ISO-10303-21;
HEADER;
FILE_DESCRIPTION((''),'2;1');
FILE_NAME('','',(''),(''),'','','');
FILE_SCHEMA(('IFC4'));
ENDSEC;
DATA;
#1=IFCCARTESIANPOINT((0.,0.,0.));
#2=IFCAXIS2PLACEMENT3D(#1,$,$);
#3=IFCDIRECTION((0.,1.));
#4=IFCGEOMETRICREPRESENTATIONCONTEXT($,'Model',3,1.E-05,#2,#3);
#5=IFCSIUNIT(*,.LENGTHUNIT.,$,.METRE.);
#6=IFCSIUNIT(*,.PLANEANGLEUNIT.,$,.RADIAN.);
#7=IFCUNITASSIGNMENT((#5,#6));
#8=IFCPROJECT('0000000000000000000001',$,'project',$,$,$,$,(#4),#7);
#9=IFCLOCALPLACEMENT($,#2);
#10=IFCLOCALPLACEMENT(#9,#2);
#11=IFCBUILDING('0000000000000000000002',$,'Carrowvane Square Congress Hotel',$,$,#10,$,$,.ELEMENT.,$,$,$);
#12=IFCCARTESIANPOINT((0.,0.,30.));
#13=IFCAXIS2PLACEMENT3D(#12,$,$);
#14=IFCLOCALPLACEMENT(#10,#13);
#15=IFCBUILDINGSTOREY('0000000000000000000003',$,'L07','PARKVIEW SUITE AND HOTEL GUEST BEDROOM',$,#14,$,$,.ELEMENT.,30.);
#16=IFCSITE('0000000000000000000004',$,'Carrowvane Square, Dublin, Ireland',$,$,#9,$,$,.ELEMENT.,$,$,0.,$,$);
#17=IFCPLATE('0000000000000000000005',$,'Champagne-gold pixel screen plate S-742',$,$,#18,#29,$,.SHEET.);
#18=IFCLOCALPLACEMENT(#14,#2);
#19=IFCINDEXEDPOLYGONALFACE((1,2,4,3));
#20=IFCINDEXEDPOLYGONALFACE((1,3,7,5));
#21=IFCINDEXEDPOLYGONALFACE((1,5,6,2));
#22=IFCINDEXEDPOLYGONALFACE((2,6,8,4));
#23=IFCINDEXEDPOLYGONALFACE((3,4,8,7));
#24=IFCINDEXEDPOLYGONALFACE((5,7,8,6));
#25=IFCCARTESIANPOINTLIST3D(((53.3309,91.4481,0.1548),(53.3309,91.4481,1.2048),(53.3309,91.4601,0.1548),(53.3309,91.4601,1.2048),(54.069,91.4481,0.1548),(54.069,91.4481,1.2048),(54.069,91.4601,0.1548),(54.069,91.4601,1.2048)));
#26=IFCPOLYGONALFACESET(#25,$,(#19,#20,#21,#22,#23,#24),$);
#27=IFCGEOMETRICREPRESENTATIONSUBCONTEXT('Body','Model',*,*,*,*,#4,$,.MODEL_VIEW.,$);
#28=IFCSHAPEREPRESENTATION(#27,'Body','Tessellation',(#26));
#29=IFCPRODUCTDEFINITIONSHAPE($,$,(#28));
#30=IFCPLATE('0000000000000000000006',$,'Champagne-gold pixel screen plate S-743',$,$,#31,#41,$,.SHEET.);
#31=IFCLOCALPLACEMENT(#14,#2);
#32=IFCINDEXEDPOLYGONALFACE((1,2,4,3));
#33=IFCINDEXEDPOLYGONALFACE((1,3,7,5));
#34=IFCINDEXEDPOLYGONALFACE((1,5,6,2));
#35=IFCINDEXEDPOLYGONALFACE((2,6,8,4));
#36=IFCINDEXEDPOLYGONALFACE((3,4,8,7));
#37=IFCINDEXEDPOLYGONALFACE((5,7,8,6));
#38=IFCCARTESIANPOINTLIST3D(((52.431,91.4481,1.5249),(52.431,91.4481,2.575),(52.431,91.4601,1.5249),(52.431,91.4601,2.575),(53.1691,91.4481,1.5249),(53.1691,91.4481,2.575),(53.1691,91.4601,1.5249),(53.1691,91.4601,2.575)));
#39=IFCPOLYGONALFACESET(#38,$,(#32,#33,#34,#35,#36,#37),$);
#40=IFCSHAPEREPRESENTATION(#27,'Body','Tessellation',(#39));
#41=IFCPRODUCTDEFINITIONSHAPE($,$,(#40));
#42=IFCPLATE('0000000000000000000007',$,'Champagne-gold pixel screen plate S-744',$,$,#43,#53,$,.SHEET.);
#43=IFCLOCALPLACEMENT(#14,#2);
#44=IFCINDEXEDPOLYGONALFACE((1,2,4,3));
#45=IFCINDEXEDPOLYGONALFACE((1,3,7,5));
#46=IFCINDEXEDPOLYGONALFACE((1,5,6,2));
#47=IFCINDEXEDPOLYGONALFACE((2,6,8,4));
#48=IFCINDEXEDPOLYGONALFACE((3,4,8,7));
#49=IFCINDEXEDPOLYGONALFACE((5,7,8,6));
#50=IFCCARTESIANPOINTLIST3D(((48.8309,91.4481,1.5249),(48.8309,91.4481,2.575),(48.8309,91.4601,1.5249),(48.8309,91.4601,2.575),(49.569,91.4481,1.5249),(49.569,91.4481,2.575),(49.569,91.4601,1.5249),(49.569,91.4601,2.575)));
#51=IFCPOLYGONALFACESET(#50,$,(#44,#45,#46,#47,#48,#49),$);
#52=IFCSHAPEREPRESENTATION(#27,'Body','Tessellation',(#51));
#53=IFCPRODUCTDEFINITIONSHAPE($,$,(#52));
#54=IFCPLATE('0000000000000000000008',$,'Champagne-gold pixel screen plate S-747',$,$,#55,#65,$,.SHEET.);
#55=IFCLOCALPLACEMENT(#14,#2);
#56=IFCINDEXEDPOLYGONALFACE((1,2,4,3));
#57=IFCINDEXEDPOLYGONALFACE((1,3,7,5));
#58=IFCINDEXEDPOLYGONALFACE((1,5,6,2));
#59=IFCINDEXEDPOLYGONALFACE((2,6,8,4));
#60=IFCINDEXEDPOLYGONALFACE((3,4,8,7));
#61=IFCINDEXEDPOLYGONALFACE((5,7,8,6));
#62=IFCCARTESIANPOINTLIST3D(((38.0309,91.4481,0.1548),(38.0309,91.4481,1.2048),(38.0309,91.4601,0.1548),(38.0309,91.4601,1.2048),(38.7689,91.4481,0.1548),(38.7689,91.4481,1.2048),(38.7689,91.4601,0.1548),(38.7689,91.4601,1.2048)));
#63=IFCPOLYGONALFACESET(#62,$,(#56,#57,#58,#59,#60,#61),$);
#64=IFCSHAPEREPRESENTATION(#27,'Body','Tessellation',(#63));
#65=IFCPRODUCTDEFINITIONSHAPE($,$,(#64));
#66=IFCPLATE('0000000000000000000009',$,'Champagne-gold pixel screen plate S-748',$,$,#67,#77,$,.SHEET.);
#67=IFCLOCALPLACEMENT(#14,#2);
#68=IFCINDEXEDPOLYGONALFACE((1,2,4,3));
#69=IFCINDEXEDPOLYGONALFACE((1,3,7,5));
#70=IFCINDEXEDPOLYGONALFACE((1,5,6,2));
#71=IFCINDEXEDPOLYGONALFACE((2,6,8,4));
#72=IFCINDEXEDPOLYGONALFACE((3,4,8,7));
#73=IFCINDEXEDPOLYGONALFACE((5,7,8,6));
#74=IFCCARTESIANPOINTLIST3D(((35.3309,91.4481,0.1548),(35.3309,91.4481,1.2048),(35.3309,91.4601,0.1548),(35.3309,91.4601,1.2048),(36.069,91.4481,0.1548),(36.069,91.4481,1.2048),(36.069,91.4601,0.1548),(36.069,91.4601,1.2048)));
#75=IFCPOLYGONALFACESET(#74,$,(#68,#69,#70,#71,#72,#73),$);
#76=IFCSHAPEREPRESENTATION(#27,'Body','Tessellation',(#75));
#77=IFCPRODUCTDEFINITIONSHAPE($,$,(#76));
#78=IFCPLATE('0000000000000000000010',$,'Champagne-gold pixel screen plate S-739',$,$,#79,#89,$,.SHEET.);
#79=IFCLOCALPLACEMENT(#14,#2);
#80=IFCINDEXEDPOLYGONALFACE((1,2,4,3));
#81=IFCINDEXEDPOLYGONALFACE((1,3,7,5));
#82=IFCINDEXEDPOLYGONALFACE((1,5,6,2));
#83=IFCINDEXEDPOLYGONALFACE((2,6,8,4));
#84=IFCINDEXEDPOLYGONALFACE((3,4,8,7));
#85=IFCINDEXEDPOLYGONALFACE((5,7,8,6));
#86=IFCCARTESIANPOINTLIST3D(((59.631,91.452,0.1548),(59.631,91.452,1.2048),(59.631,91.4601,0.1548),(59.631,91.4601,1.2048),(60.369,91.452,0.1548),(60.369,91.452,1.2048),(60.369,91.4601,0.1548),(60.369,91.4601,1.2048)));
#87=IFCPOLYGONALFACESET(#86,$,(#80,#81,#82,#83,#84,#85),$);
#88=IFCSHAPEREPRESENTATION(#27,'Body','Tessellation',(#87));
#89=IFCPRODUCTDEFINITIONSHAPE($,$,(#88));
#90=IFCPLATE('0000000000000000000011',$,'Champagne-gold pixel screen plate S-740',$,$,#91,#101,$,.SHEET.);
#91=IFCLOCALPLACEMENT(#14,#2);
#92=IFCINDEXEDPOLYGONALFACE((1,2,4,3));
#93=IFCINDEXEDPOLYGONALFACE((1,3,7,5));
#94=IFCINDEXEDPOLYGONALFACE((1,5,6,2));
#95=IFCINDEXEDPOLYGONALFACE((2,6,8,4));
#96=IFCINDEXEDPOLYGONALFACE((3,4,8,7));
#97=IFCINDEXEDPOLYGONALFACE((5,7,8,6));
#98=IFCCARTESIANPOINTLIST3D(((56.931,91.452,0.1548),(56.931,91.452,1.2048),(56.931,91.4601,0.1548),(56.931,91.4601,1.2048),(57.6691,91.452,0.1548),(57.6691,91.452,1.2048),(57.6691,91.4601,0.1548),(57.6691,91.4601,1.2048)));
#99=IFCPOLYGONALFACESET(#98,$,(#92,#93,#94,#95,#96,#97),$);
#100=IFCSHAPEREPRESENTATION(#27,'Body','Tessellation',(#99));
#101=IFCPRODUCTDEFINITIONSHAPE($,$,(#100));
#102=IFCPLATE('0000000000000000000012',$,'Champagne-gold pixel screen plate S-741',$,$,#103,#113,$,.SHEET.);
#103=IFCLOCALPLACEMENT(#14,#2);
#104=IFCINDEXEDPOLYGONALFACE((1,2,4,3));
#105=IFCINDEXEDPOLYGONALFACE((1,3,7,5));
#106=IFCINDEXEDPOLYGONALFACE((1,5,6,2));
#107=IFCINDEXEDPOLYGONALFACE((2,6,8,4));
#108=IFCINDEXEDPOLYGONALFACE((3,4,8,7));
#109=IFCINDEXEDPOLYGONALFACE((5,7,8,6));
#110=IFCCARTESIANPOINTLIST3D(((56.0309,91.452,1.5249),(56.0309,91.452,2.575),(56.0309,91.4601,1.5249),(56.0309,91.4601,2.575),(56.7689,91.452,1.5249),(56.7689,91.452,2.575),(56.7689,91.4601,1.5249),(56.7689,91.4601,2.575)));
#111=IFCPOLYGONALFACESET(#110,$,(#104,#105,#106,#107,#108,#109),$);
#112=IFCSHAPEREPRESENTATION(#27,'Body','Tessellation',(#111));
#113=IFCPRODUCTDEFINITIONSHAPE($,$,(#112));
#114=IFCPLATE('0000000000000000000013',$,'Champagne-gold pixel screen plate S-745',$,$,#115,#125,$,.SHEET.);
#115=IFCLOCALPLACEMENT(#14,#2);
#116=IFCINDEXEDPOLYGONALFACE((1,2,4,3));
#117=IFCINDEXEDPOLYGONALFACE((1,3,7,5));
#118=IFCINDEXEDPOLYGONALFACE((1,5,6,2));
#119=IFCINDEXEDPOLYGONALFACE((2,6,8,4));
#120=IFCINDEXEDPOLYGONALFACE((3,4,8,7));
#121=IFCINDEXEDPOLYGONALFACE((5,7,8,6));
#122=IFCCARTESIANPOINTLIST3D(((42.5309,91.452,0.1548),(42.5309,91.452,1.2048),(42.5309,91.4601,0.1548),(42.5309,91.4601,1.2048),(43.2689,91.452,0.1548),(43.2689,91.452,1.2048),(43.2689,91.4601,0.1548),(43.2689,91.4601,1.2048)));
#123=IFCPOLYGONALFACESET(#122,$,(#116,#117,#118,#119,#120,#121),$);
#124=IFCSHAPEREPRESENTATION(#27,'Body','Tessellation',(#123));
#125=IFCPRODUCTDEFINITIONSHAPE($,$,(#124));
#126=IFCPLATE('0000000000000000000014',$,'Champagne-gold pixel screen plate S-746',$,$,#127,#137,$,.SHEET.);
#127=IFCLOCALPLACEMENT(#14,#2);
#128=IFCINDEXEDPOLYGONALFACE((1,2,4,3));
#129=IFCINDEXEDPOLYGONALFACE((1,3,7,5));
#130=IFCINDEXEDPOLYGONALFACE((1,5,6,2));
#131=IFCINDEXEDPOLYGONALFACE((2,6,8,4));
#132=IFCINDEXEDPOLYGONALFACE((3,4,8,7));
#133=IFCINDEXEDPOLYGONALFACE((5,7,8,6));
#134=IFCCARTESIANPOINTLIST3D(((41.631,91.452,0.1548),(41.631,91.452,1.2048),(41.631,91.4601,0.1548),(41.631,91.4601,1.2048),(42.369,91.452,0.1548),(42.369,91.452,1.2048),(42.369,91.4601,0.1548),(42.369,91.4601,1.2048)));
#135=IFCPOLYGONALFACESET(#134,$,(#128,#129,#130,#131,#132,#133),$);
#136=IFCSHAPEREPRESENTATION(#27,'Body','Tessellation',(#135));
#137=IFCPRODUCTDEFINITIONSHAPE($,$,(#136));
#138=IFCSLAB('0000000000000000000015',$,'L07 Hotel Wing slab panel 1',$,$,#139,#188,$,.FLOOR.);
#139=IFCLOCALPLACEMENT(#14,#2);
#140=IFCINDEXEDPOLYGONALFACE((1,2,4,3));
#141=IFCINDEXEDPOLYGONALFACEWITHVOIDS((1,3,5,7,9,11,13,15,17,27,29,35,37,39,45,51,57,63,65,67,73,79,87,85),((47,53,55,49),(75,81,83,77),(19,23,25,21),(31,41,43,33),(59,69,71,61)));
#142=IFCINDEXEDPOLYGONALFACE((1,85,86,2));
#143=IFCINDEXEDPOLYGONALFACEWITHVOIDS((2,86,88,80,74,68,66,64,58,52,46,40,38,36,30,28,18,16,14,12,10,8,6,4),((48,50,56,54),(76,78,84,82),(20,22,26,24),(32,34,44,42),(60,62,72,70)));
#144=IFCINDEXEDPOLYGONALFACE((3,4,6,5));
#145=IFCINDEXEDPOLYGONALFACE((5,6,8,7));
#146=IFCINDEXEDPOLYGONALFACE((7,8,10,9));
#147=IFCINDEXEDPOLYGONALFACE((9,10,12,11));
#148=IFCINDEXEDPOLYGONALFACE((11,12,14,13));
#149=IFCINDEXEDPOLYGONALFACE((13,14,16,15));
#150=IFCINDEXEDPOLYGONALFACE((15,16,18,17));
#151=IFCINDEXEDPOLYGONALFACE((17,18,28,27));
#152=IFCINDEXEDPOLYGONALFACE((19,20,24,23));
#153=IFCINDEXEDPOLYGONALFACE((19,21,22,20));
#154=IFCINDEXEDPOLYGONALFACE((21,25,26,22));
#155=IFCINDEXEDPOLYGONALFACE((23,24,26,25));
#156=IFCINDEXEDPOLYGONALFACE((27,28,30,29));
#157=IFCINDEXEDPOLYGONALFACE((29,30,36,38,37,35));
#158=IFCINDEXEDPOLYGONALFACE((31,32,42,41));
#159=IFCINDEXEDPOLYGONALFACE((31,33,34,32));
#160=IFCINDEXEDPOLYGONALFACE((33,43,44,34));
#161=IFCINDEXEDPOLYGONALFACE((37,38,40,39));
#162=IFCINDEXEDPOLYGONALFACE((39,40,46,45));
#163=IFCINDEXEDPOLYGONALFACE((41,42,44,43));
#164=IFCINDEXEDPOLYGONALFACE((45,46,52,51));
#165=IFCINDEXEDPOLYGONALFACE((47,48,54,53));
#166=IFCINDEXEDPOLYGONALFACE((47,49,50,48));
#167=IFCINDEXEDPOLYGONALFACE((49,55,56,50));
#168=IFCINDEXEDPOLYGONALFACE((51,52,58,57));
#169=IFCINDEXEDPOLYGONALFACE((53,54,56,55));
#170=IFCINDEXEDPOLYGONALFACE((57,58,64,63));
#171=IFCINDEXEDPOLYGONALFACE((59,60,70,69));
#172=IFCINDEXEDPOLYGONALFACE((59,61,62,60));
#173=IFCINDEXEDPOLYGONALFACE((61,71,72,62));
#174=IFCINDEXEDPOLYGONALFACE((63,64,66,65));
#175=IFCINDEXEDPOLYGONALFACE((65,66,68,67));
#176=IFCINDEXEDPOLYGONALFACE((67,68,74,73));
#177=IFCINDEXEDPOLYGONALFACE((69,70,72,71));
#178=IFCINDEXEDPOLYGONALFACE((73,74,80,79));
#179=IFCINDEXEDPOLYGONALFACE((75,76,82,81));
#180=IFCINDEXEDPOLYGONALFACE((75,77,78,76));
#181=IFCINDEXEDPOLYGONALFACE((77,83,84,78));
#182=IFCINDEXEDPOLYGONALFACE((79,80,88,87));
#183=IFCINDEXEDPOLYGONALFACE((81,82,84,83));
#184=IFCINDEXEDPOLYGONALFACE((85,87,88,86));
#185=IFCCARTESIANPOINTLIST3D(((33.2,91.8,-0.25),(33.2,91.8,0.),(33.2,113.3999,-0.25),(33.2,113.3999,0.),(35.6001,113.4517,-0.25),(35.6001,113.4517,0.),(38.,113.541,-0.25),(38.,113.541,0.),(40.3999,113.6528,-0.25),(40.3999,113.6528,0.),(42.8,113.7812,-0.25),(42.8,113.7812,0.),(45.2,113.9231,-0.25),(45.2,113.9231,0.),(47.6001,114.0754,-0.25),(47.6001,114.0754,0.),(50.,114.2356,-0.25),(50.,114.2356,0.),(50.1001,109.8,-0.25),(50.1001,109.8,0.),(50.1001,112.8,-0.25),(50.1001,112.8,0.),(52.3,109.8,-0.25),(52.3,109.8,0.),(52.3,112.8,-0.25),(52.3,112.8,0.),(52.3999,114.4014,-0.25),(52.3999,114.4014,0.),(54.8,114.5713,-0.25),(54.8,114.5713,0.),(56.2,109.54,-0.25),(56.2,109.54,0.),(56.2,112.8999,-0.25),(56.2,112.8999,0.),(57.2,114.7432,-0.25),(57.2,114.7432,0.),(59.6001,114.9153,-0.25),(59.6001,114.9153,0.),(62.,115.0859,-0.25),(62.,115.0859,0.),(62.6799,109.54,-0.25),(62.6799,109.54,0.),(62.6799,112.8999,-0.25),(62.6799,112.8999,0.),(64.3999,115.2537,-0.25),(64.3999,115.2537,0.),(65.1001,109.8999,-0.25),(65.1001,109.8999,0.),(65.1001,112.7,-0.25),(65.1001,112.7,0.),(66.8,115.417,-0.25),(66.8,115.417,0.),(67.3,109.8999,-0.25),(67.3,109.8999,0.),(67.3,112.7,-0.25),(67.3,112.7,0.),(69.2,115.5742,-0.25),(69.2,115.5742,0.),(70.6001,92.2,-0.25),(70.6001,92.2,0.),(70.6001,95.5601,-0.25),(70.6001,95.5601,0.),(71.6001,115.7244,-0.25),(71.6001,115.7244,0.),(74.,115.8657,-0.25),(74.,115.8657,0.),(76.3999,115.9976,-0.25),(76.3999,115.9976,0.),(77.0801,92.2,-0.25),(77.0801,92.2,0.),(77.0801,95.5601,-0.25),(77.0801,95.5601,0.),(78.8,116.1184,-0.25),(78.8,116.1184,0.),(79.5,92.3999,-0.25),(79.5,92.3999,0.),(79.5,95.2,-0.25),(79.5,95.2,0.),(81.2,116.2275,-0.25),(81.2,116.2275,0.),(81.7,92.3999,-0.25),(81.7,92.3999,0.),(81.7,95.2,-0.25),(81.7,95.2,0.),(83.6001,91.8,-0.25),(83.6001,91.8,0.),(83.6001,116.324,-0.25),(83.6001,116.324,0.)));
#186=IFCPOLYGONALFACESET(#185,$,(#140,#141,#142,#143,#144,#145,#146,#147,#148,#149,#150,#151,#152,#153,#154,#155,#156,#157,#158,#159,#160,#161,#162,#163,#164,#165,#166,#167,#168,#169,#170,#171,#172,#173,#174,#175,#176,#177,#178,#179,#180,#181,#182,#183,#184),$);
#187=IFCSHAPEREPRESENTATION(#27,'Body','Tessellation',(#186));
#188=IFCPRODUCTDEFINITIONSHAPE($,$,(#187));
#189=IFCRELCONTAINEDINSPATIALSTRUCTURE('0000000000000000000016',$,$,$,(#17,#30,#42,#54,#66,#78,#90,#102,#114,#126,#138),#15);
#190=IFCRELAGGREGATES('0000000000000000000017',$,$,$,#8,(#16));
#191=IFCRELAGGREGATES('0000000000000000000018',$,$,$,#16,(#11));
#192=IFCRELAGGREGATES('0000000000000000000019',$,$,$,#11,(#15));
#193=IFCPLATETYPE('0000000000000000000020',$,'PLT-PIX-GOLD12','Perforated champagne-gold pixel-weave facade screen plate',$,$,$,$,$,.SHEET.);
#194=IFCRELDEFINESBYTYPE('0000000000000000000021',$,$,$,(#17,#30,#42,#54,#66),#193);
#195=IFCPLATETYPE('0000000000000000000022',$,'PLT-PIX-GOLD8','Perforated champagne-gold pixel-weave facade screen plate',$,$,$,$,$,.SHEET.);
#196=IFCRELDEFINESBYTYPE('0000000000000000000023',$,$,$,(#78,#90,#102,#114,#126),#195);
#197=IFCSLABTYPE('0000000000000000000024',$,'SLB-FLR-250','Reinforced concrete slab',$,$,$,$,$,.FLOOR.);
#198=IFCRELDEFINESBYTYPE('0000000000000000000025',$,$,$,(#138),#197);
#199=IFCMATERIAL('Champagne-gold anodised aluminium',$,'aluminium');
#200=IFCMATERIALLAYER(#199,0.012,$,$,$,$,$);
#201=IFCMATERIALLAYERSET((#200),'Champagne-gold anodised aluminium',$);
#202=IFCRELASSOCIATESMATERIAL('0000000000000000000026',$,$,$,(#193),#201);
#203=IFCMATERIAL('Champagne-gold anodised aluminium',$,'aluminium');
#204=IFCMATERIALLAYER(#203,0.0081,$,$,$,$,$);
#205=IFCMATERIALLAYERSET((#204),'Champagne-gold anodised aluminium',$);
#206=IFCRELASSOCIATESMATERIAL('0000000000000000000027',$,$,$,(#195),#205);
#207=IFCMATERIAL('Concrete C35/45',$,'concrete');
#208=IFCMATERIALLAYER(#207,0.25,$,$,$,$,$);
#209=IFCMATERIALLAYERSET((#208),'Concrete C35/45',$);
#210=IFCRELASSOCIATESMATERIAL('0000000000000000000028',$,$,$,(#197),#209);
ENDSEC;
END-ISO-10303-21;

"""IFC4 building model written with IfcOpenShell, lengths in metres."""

from ifc_helpers import new_model, si_unit, direction, frame, origin, origin_2d, place, context, subcontext, project, spatial, polyline, rectangle, outline, extrude, material, layer, layer_set, type_object, element, save


model = new_model("IFC4")

# Units and contexts
model_context = context("Model", 3, precision=1e-05, world=origin(), true_north=direction((0.0, 1.0)))
body_context = subcontext(model_context, "Body", "Model", "MODEL_VIEW")
ifc_project = project(units=[si_unit("LENGTHUNIT", "METRE"), si_unit("PLANEANGLEUNIT", "RADIAN")], contexts=[model_context])

# Site, building, storey
site_placement = place(None, origin())
site = spatial("IfcSite", under=ifc_project, at=site_placement, Name="Carrowvane Square, Dublin, Ireland", CompositionType="ELEMENT", RefElevation=0.0)
building_placement = place(site_placement, origin())
building = spatial("IfcBuilding", under=site, at=building_placement, Name="Carrowvane Square Congress Hotel", CompositionType="ELEMENT")
storey_placement = place(building_placement, frame((0.0, 0.0, 30.0)))
storey = spatial("IfcBuildingStorey", under=building, at=storey_placement, Name="L07", Description="PARKVIEW SUITE AND HOTEL GUEST BEDROOM", CompositionType="ELEMENT", Elevation=30.0)

# Plates
ifc_material_1 = material(Name="Champagne-gold anodised aluminium", Category="aluminium")
ifc_layer_1 = layer(ifc_material_1, 0.012)
ifc_layer_set_1 = layer_set([ifc_layer_1], Name="Champagne-gold anodised aluminium")
plate_type_1 = type_object("IfcPlateType", Name="PLT-PIX-GOLD12", Description="Perforated champagne-gold pixel-weave facade screen plate", PredefinedType="SHEET", material=ifc_layer_set_1)
for number, where, z_axis, x_axis, name in (
    (1, (53.7, 91.4541, 0.1548), (0.0, 0.0, 1.0), (-1.0, 0.0, 0.0), "Champagne-gold pixel screen plate S-742"),
    (2, (52.8, 91.4541, 1.5249), (0.0, 0.0, 1.0), (-1.0, 0.0, 0.0), "Champagne-gold pixel screen plate S-743"),
    (3, (49.2, 91.4541, 1.5249), (0.0, 0.0, 1.0), (-1.0, 0.0, 0.0), "Champagne-gold pixel screen plate S-744"),
    (4, (38.3999, 91.4541, 0.1548), (0.0, 0.0, 1.0), (-1.0, 0.0, 0.0), "Champagne-gold pixel screen plate S-747"),
    (5, (35.7, 91.4541, 0.1548), (0.0, 0.0, 1.0), (-1.0, 0.0, 0.0), "Champagne-gold pixel screen plate S-748"),
):
    element("IfcPlate", number, at=place(storey_placement, frame(where, z_axis=z_axis, x_axis=x_axis)), inside=storey, type_object=plate_type_1, Name=name, PredefinedType="SHEET", context=body_context, shape_type="SweptSolid", body=[
        extrude(rectangle(XDim=0.738, YDim=0.012, at=origin_2d()), origin(), (0.0, 0.0, 1.0), 1.05),
    ])
ifc_material_2 = material(Name="Champagne-gold anodised aluminium", Category="aluminium")
ifc_layer_2 = layer(ifc_material_2, 0.0081)
ifc_layer_set_2 = layer_set([ifc_layer_2], Name="Champagne-gold anodised aluminium")
plate_type_2 = type_object("IfcPlateType", Name="PLT-PIX-GOLD8", Description="Perforated champagne-gold pixel-weave facade screen plate", PredefinedType="SHEET", material=ifc_layer_set_2)
for number, where, z_axis, x_axis, name in (
    (6, (60.0, 91.4561, 0.1548), (0.0, 0.0, 1.0), (-1.0, 0.0, 0.0), "Champagne-gold pixel screen plate S-739"),
    (7, (57.3, 91.4561, 0.1548), (0.0, 0.0, 1.0), (-1.0, 0.0, 0.0), "Champagne-gold pixel screen plate S-740"),
    (8, (56.3999, 91.4561, 1.5249), (0.0, 0.0, 1.0), (-1.0, 0.0, 0.0), "Champagne-gold pixel screen plate S-741"),
    (9, (42.8999, 91.4561, 0.1548), (0.0, 0.0, 1.0), (-1.0, 0.0, 0.0), "Champagne-gold pixel screen plate S-745"),
    (10, (42.0, 91.4561, 0.1548), (0.0, 0.0, 1.0), (-1.0, 0.0, 0.0), "Champagne-gold pixel screen plate S-746"),
):
    element("IfcPlate", number, at=place(storey_placement, frame(where, z_axis=z_axis, x_axis=x_axis)), inside=storey, type_object=plate_type_2, Name=name, PredefinedType="SHEET", context=body_context, shape_type="SweptSolid", body=[
        extrude(rectangle(XDim=0.738, YDim=0.0081, at=origin_2d()), origin(), (0.0, 0.0, 1.0), 1.05),
    ])

# Slab
ifc_material_3 = material(Name="Concrete C35/45", Category="concrete")
ifc_layer_3 = layer(ifc_material_3, 0.25)
ifc_layer_set_3 = layer_set([ifc_layer_3], Name="Concrete C35/45")
slab_type_1 = type_object("IfcSlabType", Name="SLB-FLR-250", Description="Reinforced concrete slab", PredefinedType="FLOOR", material=ifc_layer_set_3)
slab_1_placement = place(storey_placement, frame((0.0, 0.0, -0.25)))
element("IfcSlab", 11, at=slab_1_placement, inside=storey, type_object=slab_type_1, Name="L07 Hotel Wing slab panel 1", PredefinedType="FLOOR", context=body_context, shape_type="SweptSolid", body=[
    extrude(outline(polyline([(33.2, 91.8), (83.6001, 91.8), (83.6001, 116.324), (81.2, 116.2275), (78.8, 116.1184), (76.3999, 115.9976), (74.0, 115.8657), (71.6001, 115.7244), (69.2, 115.5742), (66.8, 115.417), (64.3999, 115.2537), (62.0, 115.0859), (59.6001, 114.9153), (57.2, 114.7432), (54.8, 114.5713), (52.3999, 114.4014), (50.0, 114.2356), (47.6001, 114.0754), (45.2, 113.9231), (42.8, 113.7812), (40.3999, 113.6528), (38.0, 113.541), (35.6001, 113.4517), (33.2, 113.3999), (33.2, 91.8)]), holes=[polyline([(62.6799, 112.8999), (56.2, 112.8999), (56.2, 109.54), (62.6799, 109.54), (62.6799, 112.8999)]), polyline([(77.0801, 95.5601), (70.6001, 95.5601), (70.6001, 92.2), (77.0801, 92.2), (77.0801, 95.5601)]), polyline([(65.1001, 109.8999), (67.3, 109.8999), (67.3, 112.7), (65.1001, 112.7), (65.1001, 109.8999)]), polyline([(79.5, 92.3999), (81.7, 92.3999), (81.7, 95.2), (79.5, 95.2), (79.5, 92.3999)]), polyline([(50.1001, 109.8), (52.3, 109.8), (52.3, 112.8), (50.1001, 112.8), (50.1001, 109.8)])]), origin(), (0.0, 0.0, 1.0), 0.25),
])

save(model, "model.ifc")
